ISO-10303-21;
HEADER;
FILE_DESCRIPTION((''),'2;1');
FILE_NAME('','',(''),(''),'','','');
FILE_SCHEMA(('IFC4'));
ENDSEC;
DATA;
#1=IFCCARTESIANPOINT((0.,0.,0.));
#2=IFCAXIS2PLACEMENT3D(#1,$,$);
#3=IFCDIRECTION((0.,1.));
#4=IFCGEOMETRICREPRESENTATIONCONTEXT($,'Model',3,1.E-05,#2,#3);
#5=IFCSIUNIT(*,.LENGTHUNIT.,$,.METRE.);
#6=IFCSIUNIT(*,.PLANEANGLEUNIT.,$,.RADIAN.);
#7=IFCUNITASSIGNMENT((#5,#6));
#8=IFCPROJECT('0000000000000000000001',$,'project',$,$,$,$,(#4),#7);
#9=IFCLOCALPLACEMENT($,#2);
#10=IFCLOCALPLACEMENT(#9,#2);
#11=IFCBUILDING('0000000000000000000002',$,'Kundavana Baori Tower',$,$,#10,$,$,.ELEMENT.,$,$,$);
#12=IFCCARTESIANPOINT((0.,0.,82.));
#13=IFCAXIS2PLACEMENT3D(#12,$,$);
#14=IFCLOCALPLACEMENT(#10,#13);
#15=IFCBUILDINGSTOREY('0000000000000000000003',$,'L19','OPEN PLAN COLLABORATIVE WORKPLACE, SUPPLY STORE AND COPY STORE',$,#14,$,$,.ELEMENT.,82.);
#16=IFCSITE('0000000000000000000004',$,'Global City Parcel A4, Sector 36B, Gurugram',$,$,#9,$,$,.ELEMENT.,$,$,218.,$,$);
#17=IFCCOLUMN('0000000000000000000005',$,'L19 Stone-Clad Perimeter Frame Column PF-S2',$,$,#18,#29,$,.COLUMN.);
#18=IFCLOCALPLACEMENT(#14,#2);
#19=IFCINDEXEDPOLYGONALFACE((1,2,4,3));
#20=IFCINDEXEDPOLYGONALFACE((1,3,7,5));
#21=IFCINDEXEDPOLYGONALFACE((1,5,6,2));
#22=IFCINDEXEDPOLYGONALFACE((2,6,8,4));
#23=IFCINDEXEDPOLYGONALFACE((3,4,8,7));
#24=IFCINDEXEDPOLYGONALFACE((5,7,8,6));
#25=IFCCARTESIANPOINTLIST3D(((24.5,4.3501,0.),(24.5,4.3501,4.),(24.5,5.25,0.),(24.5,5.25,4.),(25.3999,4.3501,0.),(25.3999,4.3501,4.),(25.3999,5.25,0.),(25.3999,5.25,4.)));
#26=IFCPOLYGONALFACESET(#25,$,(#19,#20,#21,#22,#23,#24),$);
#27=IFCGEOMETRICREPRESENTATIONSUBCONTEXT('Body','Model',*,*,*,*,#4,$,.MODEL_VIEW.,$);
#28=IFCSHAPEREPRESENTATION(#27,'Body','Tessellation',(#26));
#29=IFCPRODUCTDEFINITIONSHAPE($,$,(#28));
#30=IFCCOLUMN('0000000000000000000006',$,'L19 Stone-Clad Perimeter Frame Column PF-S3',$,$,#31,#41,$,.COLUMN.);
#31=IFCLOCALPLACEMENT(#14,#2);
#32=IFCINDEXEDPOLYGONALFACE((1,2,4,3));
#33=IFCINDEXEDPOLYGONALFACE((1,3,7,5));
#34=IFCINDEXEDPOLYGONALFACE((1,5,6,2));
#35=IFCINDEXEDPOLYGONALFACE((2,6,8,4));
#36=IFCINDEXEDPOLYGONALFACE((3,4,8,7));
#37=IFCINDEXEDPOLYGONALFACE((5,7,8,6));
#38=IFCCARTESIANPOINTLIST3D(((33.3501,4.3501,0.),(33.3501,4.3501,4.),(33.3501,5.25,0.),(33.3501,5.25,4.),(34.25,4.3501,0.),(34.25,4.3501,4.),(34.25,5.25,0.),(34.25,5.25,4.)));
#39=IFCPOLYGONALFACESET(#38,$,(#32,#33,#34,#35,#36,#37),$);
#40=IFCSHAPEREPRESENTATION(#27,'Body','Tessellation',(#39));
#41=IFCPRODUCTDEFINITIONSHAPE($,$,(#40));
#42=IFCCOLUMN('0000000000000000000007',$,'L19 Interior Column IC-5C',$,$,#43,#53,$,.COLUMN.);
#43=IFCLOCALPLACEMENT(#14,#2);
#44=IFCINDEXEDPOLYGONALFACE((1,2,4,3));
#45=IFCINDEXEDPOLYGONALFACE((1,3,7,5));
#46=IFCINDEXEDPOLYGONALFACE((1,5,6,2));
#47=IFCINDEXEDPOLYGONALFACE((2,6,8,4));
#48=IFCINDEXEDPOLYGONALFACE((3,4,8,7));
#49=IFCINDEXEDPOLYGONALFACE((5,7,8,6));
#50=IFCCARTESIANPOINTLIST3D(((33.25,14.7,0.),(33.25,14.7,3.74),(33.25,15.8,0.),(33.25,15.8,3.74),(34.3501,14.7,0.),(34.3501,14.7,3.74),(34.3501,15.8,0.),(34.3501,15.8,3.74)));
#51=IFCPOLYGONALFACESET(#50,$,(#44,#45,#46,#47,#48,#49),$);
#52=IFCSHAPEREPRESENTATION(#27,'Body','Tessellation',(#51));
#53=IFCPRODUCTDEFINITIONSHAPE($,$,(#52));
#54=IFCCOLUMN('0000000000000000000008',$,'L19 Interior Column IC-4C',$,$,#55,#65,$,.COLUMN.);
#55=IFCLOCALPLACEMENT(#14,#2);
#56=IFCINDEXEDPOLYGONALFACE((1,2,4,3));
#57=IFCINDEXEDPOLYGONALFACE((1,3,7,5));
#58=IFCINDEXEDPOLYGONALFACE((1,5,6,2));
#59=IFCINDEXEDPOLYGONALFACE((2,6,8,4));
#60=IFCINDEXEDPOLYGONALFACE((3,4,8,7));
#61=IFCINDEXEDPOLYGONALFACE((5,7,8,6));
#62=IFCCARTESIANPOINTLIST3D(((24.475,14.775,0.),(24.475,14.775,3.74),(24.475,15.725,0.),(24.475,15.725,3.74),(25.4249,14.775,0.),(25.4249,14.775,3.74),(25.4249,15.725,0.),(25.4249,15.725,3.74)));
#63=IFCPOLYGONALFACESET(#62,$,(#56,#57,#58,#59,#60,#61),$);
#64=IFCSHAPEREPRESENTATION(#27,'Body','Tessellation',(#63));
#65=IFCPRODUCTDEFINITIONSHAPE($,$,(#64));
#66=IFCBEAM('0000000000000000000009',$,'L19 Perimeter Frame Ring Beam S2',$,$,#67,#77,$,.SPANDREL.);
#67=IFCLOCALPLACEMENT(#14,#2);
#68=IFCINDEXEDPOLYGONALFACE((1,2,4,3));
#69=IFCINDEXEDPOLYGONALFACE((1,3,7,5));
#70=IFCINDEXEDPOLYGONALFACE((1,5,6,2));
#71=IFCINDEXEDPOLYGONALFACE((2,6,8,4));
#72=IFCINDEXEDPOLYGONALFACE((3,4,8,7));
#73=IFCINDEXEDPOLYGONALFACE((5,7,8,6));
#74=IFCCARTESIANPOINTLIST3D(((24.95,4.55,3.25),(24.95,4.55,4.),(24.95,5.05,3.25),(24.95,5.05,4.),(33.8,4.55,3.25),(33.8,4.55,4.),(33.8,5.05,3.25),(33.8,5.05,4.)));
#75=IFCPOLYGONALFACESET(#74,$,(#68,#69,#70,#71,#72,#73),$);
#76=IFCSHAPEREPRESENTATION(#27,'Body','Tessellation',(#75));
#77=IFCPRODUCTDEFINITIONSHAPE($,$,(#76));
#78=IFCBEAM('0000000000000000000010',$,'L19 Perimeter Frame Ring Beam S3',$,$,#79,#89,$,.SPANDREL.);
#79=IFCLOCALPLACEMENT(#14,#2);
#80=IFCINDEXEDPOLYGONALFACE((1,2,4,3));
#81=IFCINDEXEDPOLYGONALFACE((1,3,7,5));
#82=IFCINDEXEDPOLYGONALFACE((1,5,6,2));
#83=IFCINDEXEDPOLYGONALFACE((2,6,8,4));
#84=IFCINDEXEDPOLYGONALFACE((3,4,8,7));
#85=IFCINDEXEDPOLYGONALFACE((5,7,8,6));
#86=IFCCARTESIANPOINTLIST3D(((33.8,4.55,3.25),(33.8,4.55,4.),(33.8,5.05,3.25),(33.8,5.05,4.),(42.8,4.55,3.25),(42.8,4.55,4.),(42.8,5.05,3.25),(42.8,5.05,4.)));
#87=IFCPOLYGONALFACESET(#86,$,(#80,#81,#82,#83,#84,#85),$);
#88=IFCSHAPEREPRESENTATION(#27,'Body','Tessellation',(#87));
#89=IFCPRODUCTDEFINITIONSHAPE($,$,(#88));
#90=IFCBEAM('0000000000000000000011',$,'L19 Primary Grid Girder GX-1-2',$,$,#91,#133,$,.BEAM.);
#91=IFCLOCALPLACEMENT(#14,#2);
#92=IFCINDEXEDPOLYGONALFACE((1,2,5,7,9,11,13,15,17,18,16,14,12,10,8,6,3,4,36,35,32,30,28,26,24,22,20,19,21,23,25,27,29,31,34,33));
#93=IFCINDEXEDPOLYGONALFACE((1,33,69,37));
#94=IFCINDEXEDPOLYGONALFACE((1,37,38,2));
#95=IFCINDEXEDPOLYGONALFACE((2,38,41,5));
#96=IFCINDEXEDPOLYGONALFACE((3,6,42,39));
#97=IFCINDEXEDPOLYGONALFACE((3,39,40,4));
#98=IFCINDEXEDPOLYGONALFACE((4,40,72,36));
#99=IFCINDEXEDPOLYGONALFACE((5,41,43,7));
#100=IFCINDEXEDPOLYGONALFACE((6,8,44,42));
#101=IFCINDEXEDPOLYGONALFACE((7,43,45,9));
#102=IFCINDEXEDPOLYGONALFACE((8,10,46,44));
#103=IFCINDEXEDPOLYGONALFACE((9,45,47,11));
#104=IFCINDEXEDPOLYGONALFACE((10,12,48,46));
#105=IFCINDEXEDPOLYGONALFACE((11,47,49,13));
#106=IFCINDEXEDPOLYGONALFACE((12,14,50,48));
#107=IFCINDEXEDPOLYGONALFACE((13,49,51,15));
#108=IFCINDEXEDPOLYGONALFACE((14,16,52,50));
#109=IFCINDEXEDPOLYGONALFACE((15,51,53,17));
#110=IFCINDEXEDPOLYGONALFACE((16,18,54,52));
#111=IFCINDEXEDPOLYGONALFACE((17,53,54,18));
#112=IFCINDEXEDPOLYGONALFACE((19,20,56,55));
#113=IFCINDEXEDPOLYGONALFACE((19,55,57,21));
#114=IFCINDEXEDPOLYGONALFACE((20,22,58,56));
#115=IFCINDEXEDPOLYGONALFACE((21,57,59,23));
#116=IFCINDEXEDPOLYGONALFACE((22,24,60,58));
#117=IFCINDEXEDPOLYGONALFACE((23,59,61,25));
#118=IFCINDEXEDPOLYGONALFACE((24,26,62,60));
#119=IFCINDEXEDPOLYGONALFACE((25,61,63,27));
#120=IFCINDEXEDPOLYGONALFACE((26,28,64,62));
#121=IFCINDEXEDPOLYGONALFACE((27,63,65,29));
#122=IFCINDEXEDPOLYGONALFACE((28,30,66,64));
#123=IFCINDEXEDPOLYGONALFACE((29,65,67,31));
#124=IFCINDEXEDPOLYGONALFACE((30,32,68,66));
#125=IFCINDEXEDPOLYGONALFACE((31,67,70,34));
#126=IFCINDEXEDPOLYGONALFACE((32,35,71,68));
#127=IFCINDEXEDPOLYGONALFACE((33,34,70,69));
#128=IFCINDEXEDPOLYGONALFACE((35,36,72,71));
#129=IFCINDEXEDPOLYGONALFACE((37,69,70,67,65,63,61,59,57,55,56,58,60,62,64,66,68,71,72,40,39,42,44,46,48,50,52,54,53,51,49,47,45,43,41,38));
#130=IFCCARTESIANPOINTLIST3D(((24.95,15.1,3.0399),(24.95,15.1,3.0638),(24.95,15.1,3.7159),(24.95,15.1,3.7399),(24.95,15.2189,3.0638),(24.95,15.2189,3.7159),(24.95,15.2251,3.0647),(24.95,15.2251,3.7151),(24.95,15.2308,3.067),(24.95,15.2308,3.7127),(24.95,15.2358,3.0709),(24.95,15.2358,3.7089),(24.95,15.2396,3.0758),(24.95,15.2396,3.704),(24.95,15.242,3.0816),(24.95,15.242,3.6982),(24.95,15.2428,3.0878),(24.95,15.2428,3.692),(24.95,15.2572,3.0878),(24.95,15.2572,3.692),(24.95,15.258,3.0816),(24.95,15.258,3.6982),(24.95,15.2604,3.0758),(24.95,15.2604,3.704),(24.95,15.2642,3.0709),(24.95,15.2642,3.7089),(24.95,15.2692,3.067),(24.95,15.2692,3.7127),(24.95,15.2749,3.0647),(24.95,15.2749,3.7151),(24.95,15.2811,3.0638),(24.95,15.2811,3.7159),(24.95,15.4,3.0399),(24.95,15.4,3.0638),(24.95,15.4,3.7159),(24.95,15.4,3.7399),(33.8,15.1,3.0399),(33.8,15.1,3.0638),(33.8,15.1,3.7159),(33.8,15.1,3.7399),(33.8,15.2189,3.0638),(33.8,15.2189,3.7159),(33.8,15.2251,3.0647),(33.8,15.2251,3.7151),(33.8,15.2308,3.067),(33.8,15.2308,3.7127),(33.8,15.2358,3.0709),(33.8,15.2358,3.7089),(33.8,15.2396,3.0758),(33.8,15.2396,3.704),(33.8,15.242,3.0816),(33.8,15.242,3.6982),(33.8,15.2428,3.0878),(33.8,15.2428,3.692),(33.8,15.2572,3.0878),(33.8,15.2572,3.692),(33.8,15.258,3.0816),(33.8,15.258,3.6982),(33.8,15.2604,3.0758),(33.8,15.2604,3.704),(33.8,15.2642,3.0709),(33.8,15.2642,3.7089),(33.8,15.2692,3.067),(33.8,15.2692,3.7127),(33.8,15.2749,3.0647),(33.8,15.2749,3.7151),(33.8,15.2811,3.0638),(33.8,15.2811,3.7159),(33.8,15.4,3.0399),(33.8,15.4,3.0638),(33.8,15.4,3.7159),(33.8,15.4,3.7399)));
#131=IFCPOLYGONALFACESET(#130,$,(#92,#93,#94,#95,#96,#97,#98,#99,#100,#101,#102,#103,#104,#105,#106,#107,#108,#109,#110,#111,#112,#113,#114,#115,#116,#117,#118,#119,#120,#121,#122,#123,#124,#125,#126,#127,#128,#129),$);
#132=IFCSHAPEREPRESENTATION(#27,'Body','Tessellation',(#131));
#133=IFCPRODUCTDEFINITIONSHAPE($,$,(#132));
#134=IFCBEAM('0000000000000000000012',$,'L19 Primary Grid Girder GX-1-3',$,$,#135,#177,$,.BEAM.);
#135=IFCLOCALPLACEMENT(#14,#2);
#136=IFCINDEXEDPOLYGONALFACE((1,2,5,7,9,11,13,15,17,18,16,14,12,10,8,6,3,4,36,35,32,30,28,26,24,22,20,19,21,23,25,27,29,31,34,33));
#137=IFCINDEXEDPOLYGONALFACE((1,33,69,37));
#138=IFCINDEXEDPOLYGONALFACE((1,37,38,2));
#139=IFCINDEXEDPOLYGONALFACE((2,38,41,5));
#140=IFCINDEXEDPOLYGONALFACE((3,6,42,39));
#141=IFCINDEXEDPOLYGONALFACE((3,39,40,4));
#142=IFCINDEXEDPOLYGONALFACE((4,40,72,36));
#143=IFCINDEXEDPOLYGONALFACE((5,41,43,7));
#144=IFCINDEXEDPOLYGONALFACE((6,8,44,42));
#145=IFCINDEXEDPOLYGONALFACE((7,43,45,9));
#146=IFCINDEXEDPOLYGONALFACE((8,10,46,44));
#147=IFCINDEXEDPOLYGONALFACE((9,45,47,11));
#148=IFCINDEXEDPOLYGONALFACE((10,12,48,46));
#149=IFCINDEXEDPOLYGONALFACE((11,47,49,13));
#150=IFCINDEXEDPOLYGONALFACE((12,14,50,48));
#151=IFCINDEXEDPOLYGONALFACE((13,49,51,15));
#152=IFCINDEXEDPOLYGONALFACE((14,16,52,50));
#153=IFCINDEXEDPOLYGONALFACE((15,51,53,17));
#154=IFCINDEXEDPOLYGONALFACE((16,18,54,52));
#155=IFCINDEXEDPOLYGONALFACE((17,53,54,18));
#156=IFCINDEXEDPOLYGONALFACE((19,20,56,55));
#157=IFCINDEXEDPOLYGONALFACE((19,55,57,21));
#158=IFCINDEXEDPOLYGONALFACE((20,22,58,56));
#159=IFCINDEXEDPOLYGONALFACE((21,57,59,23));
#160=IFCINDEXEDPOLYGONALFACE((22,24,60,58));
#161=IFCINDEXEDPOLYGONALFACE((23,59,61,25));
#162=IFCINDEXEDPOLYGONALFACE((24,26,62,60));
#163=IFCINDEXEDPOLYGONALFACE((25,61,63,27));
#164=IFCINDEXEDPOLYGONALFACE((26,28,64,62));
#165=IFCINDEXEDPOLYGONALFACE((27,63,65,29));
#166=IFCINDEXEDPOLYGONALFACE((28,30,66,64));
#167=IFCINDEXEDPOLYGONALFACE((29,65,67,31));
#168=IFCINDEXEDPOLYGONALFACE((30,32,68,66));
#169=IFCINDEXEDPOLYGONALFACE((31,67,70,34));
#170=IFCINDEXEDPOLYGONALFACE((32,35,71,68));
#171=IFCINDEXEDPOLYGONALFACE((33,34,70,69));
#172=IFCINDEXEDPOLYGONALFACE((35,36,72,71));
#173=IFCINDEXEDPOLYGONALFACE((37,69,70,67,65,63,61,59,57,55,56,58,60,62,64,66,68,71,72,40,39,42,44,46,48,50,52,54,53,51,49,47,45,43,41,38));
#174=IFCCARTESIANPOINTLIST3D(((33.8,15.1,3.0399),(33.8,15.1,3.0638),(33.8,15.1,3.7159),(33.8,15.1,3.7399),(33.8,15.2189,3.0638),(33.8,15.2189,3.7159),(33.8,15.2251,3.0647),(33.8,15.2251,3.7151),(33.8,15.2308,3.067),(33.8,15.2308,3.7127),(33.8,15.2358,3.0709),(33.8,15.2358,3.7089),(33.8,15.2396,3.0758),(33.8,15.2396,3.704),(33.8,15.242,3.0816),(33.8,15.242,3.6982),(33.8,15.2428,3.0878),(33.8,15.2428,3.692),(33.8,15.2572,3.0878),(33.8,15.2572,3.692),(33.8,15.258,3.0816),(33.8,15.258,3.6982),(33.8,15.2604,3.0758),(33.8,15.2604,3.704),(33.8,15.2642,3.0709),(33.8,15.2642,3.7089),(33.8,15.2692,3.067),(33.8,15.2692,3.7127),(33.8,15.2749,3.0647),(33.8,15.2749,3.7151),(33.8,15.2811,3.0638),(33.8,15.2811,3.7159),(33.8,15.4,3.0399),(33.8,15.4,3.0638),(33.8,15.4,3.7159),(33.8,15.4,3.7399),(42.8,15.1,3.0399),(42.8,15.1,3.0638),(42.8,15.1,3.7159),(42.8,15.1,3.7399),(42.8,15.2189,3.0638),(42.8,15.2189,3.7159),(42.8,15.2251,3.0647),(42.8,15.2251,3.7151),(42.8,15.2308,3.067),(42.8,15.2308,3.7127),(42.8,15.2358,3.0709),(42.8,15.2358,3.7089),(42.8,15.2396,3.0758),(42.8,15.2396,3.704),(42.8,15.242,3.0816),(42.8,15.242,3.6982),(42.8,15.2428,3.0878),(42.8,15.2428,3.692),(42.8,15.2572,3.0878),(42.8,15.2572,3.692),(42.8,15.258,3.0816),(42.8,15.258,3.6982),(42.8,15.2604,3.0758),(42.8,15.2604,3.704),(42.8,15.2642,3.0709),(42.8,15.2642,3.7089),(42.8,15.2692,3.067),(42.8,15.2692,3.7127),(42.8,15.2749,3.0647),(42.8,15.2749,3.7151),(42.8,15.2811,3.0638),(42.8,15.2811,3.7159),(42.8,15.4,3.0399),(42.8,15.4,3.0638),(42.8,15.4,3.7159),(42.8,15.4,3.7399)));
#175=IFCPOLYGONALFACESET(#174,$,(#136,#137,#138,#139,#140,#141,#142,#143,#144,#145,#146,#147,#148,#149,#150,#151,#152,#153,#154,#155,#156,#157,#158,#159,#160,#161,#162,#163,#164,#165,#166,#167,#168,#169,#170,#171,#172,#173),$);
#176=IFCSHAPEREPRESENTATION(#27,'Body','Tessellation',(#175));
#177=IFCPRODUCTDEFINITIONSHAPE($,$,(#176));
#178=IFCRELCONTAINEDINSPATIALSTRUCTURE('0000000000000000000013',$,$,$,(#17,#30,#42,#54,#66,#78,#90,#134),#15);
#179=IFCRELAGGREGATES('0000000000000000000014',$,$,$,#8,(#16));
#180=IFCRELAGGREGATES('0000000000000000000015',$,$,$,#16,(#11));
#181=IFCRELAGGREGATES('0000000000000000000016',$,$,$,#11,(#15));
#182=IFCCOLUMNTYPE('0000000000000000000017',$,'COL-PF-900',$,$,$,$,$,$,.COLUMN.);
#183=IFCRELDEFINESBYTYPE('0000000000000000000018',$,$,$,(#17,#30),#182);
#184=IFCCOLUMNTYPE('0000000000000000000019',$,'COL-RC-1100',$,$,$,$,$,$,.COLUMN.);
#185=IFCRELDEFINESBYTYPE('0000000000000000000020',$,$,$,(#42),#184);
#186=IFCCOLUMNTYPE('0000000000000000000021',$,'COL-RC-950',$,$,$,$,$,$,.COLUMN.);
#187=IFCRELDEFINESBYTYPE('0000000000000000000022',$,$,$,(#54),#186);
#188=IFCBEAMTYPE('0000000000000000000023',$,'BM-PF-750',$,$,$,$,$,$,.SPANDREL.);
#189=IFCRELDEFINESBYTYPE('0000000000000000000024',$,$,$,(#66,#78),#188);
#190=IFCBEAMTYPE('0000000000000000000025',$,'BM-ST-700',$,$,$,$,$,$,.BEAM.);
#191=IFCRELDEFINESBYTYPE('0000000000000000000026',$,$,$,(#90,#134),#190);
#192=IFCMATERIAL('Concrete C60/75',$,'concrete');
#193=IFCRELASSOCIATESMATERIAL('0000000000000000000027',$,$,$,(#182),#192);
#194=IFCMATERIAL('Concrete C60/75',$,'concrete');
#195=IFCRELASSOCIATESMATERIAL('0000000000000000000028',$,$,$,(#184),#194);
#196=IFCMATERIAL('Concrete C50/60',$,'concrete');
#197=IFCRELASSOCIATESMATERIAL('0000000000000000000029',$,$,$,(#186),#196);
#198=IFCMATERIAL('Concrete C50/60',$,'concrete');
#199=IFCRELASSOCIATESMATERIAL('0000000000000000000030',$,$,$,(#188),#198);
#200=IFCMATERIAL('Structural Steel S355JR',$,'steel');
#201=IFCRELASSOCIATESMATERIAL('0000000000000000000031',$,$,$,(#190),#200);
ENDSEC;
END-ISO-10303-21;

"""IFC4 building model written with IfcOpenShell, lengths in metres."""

from ifc_helpers import new_model, si_unit, direction, frame, origin, origin_2d, place, context, subcontext, project, spatial, rectangle, i_section, extrude, material, material_profile, profile_set, type_object, element, save


model = new_model("IFC4")

# Units and contexts
model_context = context("Model", 3, precision=1e-05, world=origin(), true_north=direction((0.0, 1.0)))
body_context = subcontext(model_context, "Body", "Model", "MODEL_VIEW")
ifc_project = project(units=[si_unit("LENGTHUNIT", "METRE"), si_unit("PLANEANGLEUNIT", "RADIAN")], contexts=[model_context])

# Site, building, storey
site_placement = place(None, origin())
site = spatial("IfcSite", under=ifc_project, at=site_placement, Name="Global City Parcel A4, Sector 36B, Gurugram", CompositionType="ELEMENT", RefElevation=218.0)
building_placement = place(site_placement, origin())
building = spatial("IfcBuilding", under=site, at=building_placement, Name="Kundavana Baori Tower", CompositionType="ELEMENT")
storey_placement = place(building_placement, frame((0.0, 0.0, 82.0)))
storey = spatial("IfcBuildingStorey", under=building, at=storey_placement, Name="L19", Description="OPEN PLAN COLLABORATIVE WORKPLACE, SUPPLY STORE AND COPY STORE", CompositionType="ELEMENT", Elevation=82.0)

# Columns
ifc_material_1 = material(Name="Concrete C60/75", Category="concrete")
ifc_material_profile_1 = material_profile(ifc_material_1, rectangle(XDim=0.8999, YDim=0.8999, at=origin_2d()), Name="RC PF 900x900")
ifc_profile_set_1 = profile_set([ifc_material_profile_1], Name="Concrete C60/75")
column_type_1 = type_object("IfcColumnType", Name="COL-PF-900", PredefinedType="COLUMN", material=ifc_profile_set_1)
for number, where, z_axis, x_axis, name in (
    (1, (24.95, 4.8, 0.0), (0.0, 0.0, 1.0), (1.0, 0.0, 0.0), "L19 Stone-Clad Perimeter Frame Column PF-S2"),
    (2, (33.8, 4.8, 0.0), (0.0, 0.0, 1.0), (1.0, 0.0, 0.0), "L19 Stone-Clad Perimeter Frame Column PF-S3"),
):
    element("IfcColumn", number, at=place(storey_placement, frame(where, z_axis=z_axis, x_axis=x_axis)), inside=storey, type_object=column_type_1, Name=name, PredefinedType="COLUMN", context=body_context, shape_type="SweptSolid", body=[
        extrude(rectangle(XDim=0.8999, YDim=0.8999, at=origin_2d()), origin(), (0.0, 0.0, 1.0), 4.0),
    ])
ifc_material_2 = material(Name="Concrete C60/75", Category="concrete")
ifc_material_profile_2 = material_profile(ifc_material_2, rectangle(XDim=1.1001, YDim=1.1001, at=origin_2d()), Name="RC 1100x1100")
ifc_profile_set_2 = profile_set([ifc_material_profile_2], Name="Concrete C60/75")
column_type_2 = type_object("IfcColumnType", Name="COL-RC-1100", PredefinedType="COLUMN", material=ifc_profile_set_2)
column_1_placement = place(storey_placement, frame((33.8, 15.25, 0.0), z_axis=(0.0, 0.0, 1.0), x_axis=(1.0, 0.0, 0.0)))
element("IfcColumn", 3, at=column_1_placement, inside=storey, type_object=column_type_2, Name="L19 Interior Column IC-5C", PredefinedType="COLUMN", context=body_context, shape_type="SweptSolid", body=[
    extrude(rectangle(XDim=1.1001, YDim=1.1001, at=origin_2d()), origin(), (0.0, 0.0, 1.0), 3.74),
])
ifc_material_3 = material(Name="Concrete C50/60", Category="concrete")
ifc_material_profile_3 = material_profile(ifc_material_3, rectangle(XDim=0.95, YDim=0.95, at=origin_2d()), Name="RC 950x950")
ifc_profile_set_3 = profile_set([ifc_material_profile_3], Name="Concrete C50/60")
column_type_3 = type_object("IfcColumnType", Name="COL-RC-950", PredefinedType="COLUMN", material=ifc_profile_set_3)
column_2_placement = place(storey_placement, frame((24.95, 15.25, 0.0), z_axis=(0.0, 0.0, 1.0), x_axis=(1.0, 0.0, 0.0)))
element("IfcColumn", 4, at=column_2_placement, inside=storey, type_object=column_type_3, Name="L19 Interior Column IC-4C", PredefinedType="COLUMN", context=body_context, shape_type="SweptSolid", body=[
    extrude(rectangle(XDim=0.95, YDim=0.95, at=origin_2d()), origin(), (0.0, 0.0, 1.0), 3.74),
])

# Beams
ifc_material_4 = material(Name="Concrete C50/60", Category="concrete")
ifc_material_profile_4 = material_profile(ifc_material_4, rectangle(XDim=0.5, YDim=0.75, at=origin_2d()), Name="RC BM 500x750")
ifc_profile_set_4 = profile_set([ifc_material_profile_4], Name="Concrete C50/60")
beam_type_1 = type_object("IfcBeamType", Name="BM-PF-750", PredefinedType="SPANDREL", material=ifc_profile_set_4)
beam_1_placement = place(storey_placement, frame((24.95, 4.8, 3.625), z_axis=(1.0, 0.0, 0.0), x_axis=(0.0, 1.0, 0.0)))
element("IfcBeam", 5, at=beam_1_placement, inside=storey, type_object=beam_type_1, Name="L19 Perimeter Frame Ring Beam S2", PredefinedType="SPANDREL", context=body_context, shape_type="SweptSolid", body=[
    extrude(rectangle(XDim=0.5, YDim=0.75, at=origin_2d()), origin(), (0.0, 0.0, 1.0), 8.8501),
])
beam_2_placement = place(storey_placement, frame((33.8, 4.8, 3.625), z_axis=(1.0, 0.0, 0.0), x_axis=(0.0, 1.0, 0.0)))
element("IfcBeam", 6, at=beam_2_placement, inside=storey, type_object=beam_type_1, Name="L19 Perimeter Frame Ring Beam S3", PredefinedType="SPANDREL", context=body_context, shape_type="SweptSolid", body=[
    extrude(rectangle(XDim=0.5, YDim=0.75, at=origin_2d()), origin(), (0.0, 0.0, 1.0), 9.0),
])
ifc_material_5 = material(Name="Structural Steel S355JR", Category="steel")
ifc_material_profile_5 = material_profile(ifc_material_5, i_section(OverallWidth=0.3, OverallDepth=0.7, WebThickness=0.0144, FlangeThickness=0.0239, FilletRadius=0.0239, at=origin_2d()), Name="NPB 700x300x170")
ifc_profile_set_5 = profile_set([ifc_material_profile_5], Name="Structural Steel S355JR")
beam_type_2 = type_object("IfcBeamType", Name="BM-ST-700", PredefinedType="BEAM", material=ifc_profile_set_5)
beam_3_placement = place(storey_placement, frame((24.95, 15.25, 3.3899), z_axis=(1.0, 0.0, 0.0), x_axis=(0.0, 1.0, 0.0)))
element("IfcBeam", 7, at=beam_3_placement, inside=storey, type_object=beam_type_2, Name="L19 Primary Grid Girder GX-1-2", PredefinedType="BEAM", context=body_context, shape_type="SweptSolid", body=[
    extrude(i_section(OverallWidth=0.3, OverallDepth=0.7, WebThickness=0.0144, FlangeThickness=0.0239, FilletRadius=0.0239, at=origin_2d()), origin(), (0.0, 0.0, 1.0), 8.8501),
])
beam_4_placement = place(storey_placement, frame((33.8, 15.25, 3.3899), z_axis=(1.0, 0.0, 0.0), x_axis=(0.0, 1.0, 0.0)))
element("IfcBeam", 8, at=beam_4_placement, inside=storey, type_object=beam_type_2, Name="L19 Primary Grid Girder GX-1-3", PredefinedType="BEAM", context=body_context, shape_type="SweptSolid", body=[
    extrude(i_section(OverallWidth=0.3, OverallDepth=0.7, WebThickness=0.0144, FlangeThickness=0.0239, FilletRadius=0.0239, at=origin_2d()), origin(), (0.0, 0.0, 1.0), 9.0),
])

save(model, "model.ifc")
